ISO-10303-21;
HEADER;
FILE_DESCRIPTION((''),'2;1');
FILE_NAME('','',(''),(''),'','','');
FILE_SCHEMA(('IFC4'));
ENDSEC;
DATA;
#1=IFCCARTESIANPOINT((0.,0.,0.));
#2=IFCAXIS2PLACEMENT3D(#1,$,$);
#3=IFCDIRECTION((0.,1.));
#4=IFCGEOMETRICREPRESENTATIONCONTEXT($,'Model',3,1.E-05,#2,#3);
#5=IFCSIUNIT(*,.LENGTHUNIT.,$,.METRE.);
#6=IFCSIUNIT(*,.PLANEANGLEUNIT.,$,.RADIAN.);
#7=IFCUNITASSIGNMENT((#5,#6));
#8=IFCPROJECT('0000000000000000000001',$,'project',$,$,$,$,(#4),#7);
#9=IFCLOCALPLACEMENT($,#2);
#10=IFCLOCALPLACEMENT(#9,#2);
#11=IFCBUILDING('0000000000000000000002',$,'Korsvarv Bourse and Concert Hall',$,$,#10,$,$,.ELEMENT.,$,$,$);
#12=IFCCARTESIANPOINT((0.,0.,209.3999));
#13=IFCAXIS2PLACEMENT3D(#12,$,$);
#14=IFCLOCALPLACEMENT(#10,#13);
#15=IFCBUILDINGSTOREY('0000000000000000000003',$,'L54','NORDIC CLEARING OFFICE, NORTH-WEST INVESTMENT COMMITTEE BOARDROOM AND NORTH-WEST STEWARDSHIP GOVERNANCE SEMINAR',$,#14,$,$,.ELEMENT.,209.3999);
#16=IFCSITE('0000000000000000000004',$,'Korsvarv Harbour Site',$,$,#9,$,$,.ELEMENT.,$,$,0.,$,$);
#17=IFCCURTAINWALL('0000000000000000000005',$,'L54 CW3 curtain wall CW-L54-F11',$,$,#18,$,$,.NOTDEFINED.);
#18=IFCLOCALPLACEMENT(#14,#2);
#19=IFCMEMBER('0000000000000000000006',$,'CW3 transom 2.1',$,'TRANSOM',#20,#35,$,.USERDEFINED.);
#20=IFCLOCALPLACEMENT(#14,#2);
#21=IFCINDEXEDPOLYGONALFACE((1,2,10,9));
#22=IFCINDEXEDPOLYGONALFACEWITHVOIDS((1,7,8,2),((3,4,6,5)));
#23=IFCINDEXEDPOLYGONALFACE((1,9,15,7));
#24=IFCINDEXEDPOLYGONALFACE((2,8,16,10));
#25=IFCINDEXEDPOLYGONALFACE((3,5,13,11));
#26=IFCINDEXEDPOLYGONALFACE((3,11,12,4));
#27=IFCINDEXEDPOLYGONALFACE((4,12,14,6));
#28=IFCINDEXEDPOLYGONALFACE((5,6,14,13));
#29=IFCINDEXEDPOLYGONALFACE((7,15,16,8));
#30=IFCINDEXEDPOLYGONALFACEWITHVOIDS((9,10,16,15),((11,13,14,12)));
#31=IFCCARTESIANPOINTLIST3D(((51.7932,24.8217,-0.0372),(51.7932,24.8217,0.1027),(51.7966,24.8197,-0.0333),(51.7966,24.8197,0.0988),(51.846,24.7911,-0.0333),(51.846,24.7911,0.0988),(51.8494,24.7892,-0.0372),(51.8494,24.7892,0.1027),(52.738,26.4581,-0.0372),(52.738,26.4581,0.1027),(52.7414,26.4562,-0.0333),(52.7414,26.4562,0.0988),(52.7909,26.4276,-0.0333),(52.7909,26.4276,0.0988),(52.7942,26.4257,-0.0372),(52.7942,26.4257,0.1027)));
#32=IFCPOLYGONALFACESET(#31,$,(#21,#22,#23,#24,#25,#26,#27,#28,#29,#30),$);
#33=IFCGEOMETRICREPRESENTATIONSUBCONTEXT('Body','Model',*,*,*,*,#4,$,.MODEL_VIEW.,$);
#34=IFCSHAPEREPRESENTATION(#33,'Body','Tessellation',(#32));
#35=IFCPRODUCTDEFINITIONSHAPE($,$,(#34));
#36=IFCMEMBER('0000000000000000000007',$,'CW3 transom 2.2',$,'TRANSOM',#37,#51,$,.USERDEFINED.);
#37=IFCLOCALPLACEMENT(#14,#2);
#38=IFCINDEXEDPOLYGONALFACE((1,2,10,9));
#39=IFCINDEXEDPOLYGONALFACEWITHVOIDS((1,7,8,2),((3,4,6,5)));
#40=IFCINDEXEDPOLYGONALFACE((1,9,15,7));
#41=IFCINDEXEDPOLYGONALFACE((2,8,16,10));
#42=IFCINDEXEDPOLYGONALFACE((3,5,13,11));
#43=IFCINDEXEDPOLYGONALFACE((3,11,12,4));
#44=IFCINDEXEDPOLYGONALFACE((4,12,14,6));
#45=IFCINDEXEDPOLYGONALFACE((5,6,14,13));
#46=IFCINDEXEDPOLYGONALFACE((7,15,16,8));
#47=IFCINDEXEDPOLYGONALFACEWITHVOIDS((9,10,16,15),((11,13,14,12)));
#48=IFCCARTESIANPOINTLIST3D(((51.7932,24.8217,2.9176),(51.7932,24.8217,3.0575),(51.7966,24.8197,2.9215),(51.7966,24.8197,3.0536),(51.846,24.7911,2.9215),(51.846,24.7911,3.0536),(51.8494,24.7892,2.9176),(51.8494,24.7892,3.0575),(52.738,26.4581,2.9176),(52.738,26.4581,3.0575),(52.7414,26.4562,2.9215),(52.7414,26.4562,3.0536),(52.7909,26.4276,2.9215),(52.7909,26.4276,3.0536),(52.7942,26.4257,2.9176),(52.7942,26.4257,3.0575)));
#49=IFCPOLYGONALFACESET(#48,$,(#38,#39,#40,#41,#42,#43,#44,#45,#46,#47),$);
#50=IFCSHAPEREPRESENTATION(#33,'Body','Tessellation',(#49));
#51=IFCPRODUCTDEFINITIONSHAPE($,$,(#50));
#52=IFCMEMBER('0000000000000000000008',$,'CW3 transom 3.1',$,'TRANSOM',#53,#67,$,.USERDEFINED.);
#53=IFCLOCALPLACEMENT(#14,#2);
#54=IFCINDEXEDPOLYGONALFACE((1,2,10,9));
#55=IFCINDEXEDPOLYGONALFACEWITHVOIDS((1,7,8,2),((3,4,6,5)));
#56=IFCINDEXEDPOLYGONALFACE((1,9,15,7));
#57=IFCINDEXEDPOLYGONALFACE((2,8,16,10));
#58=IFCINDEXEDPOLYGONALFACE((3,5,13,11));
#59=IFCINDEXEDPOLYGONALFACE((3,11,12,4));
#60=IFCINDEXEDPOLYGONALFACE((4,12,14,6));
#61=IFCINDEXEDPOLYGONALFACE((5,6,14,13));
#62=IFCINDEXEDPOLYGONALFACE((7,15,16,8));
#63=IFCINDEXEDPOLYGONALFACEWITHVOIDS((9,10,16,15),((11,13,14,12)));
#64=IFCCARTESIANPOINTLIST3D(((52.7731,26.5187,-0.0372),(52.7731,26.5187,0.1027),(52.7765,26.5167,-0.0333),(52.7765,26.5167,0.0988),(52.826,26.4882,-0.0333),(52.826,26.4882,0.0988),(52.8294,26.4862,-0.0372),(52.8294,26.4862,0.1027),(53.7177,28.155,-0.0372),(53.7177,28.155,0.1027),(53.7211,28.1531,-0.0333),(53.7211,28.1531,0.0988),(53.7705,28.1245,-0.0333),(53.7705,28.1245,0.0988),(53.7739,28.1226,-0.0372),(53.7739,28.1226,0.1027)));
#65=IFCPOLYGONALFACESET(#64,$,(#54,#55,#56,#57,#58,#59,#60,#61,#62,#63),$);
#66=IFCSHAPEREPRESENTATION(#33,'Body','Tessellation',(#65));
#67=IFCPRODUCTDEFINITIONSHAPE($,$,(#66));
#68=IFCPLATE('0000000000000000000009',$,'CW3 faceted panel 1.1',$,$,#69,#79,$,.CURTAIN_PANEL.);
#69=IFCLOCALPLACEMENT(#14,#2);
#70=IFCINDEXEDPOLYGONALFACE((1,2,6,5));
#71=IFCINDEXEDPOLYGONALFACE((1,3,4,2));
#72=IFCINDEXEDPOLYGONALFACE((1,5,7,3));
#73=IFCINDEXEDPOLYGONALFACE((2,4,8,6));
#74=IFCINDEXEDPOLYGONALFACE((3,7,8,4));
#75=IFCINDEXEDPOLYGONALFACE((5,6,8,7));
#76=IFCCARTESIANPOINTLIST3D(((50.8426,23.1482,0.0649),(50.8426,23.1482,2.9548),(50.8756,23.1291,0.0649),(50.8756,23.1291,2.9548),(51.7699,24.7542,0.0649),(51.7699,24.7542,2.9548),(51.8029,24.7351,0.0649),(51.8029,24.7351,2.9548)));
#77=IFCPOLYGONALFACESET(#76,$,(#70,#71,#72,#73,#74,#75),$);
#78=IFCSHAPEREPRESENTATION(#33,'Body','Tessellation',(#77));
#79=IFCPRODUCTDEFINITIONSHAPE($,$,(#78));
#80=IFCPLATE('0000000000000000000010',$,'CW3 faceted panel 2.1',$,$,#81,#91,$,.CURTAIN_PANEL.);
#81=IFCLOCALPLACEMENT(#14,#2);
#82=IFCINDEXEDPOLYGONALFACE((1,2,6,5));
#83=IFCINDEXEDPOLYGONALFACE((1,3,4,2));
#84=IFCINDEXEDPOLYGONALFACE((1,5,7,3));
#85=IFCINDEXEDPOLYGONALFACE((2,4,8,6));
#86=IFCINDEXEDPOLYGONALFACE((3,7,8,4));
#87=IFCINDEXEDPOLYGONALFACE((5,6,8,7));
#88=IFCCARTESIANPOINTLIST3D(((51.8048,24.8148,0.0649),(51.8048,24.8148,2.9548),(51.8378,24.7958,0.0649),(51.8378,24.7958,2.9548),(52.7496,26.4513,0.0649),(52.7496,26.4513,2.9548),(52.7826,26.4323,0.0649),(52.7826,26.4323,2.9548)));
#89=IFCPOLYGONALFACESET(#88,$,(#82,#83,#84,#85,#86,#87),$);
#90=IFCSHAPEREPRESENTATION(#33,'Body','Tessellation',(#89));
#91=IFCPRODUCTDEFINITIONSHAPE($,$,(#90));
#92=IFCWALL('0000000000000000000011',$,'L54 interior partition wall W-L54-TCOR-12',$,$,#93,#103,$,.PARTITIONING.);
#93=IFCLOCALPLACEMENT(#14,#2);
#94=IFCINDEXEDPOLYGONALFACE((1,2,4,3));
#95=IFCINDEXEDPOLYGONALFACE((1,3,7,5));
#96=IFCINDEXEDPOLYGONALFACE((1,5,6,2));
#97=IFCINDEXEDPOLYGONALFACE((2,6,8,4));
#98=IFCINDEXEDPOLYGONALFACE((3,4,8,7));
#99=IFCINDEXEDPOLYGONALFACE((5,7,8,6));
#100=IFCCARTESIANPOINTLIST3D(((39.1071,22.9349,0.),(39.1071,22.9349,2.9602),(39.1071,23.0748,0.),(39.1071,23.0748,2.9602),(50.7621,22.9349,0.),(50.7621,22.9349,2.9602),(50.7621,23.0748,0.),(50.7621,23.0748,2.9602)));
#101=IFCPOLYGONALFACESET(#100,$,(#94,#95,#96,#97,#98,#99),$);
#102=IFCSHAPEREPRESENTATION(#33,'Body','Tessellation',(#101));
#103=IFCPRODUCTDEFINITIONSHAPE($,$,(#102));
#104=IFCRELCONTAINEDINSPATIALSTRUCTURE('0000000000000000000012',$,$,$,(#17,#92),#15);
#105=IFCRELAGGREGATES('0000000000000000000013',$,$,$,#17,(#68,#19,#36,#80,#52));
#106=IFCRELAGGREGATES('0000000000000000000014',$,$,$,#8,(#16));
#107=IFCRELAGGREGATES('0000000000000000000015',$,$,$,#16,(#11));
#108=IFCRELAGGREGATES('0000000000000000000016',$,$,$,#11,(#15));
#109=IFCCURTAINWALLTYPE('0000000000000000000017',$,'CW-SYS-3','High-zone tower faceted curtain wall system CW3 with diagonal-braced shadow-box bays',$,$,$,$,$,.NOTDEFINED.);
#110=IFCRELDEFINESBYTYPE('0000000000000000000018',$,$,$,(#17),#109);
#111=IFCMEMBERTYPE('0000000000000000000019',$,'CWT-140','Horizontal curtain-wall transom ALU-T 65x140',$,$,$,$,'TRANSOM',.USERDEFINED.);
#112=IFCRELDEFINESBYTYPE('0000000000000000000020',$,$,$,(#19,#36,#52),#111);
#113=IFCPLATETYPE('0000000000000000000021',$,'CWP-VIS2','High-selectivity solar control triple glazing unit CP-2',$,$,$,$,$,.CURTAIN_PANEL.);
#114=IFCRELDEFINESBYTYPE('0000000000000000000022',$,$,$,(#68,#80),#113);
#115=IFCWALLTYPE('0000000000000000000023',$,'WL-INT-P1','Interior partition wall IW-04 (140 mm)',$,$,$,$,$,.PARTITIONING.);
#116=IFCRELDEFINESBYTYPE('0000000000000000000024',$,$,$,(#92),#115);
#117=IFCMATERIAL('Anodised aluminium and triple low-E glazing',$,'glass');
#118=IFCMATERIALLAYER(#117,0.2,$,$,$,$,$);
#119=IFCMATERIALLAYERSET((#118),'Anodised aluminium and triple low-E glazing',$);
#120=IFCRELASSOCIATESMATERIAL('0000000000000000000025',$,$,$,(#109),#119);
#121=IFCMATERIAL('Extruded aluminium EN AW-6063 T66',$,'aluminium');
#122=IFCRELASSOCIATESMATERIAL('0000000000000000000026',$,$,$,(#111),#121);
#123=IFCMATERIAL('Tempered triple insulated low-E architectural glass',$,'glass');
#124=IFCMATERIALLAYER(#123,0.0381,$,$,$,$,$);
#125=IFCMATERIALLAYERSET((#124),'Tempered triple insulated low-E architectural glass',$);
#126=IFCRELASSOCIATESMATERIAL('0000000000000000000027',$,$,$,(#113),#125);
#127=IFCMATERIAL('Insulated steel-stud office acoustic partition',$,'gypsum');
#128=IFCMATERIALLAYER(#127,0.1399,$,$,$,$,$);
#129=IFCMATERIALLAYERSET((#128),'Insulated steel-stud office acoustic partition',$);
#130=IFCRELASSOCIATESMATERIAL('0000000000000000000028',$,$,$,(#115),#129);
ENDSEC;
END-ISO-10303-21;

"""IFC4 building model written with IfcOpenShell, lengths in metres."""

from ifc_helpers import new_model, si_unit, direction, frame, frame_2d, origin, origin_2d, place, context, subcontext, project, spatial, rectangle, hollow_rectangle, extrude, source, transform, mapped, material, layer, layer_set, material_profile, profile_set, type_object, element, aggregate, save


model = new_model("IFC4")

# Units and contexts
model_context = context("Model", 3, precision=1e-05, world=origin(), true_north=direction((0.0, 1.0)))
body_context = subcontext(model_context, "Body", "Model", "MODEL_VIEW")
ifc_project = project(units=[si_unit("LENGTHUNIT", "METRE"), si_unit("PLANEANGLEUNIT", "RADIAN")], contexts=[model_context])

# Site, building, storey
site_placement = place(None, origin())
site = spatial("IfcSite", under=ifc_project, at=site_placement, Name="Korsvarv Harbour Site", CompositionType="ELEMENT", RefElevation=0.0)
building_placement = place(site_placement, origin())
building = spatial("IfcBuilding", under=site, at=building_placement, Name="Korsvarv Bourse and Concert Hall", CompositionType="ELEMENT")
storey_placement = place(building_placement, frame((0.0, 0.0, 209.3999)))
storey = spatial("IfcBuildingStorey", under=building, at=storey_placement, Name="L54", Description="NORDIC CLEARING OFFICE, NORTH-WEST INVESTMENT COMMITTEE BOARDROOM AND NORTH-WEST STEWARDSHIP GOVERNANCE SEMINAR", CompositionType="ELEMENT", Elevation=209.3999)

# Curtain wall, members, plates
ifc_material_1 = material(Name="Anodised aluminium and triple low-E glazing", Category="glass")
ifc_layer_1 = layer(ifc_material_1, 0.2)
ifc_layer_set_1 = layer_set([ifc_layer_1], Name="Anodised aluminium and triple low-E glazing")
curtain_wall_type = type_object("IfcCurtainWallType", Name="CW-SYS-3", Description="High-zone tower faceted curtain wall system CW3 with diagonal-braced shadow-box bays", PredefinedType="NOTDEFINED", material=ifc_layer_set_1)
curtain_wall_placement = place(storey_placement, origin())
curtain_wall = element("IfcCurtainWall", 1, at=curtain_wall_placement, inside=storey, type_object=curtain_wall_type, Name="L54 CW3 curtain wall CW-L54-F11", PredefinedType="NOTDEFINED")
ifc_material_2 = material(Name="Extruded aluminium EN AW-6063 T66", Category="aluminium")
ifc_material_profile_1 = material_profile(ifc_material_2, hollow_rectangle(XDim=0.0649, YDim=0.1399, WallThickness=0.0039, at=origin_2d()), Name="ALU-T 65x140")
ifc_profile_set_1 = profile_set([ifc_material_profile_1], Name="Extruded aluminium EN AW-6063 T66")
member_type_1 = type_object("IfcMemberType", Name="CWT-140", Description="Horizontal curtain-wall transom ALU-T 65x140", ElementType="TRANSOM", PredefinedType="USERDEFINED", material=ifc_profile_set_1)
shared_shape_1 = source(origin(), body_context, "Body", "SweptSolid", [
    extrude(hollow_rectangle(XDim=0.0649, YDim=0.1399, WallThickness=0.0039, at=origin_2d()), origin(), (0.0, 0.0, 1.0), 1.8896),
])
member_1_placement = place(storey_placement, frame((51.8213, 24.8054, 0.0327), z_axis=(0.500002, 0.866024, 0.0), x_axis=(-0.866024, 0.500002, 0.0)))
member_1 = element("IfcMember", 2, at=member_1_placement, type_object=member_type_1, Name="CW3 transom 2.1", ObjectType="TRANSOM", PredefinedType="USERDEFINED", context=body_context, shape_type="MappedRepresentation", body=[
    mapped(shared_shape_1, transform((0.0, 0.0, 0.0), scale=1.0)),
])
member_2_placement = place(storey_placement, frame((51.8213, 24.8054, 2.9875), z_axis=(0.500002, 0.866024, 0.0), x_axis=(-0.866024, 0.500002, 0.0)))
member_2 = element("IfcMember", 3, at=member_2_placement, type_object=member_type_1, Name="CW3 transom 2.2", ObjectType="TRANSOM", PredefinedType="USERDEFINED", context=body_context, shape_type="MappedRepresentation", body=[
    mapped(shared_shape_1, transform((0.0, 0.0, 0.0), scale=1.0)),
])
shared_shape_2 = source(origin(), body_context, "Body", "SweptSolid", [
    extrude(hollow_rectangle(XDim=0.0649, YDim=0.1399, WallThickness=0.0039, at=origin_2d()), origin(), (0.0, 0.0, 1.0), 1.8894),
])
member_3_placement = place(storey_placement, frame((52.8013, 26.5024, 0.0327), z_axis=(0.499905, 0.86608, 0.0), x_axis=(-0.86608, 0.499905, 0.0)))
member_3 = element("IfcMember", 4, at=member_3_placement, type_object=member_type_1, Name="CW3 transom 3.1", ObjectType="TRANSOM", PredefinedType="USERDEFINED", context=body_context, shape_type="MappedRepresentation", body=[
    mapped(shared_shape_2, transform((0.0, 0.0, 0.0), scale=1.0)),
])
ifc_material_3 = material(Name="Tempered triple insulated low-E architectural glass", Category="glass")
ifc_layer_2 = layer(ifc_material_3, 0.0381)
ifc_layer_set_2 = layer_set([ifc_layer_2], Name="Tempered triple insulated low-E architectural glass")
plate_type = type_object("IfcPlateType", Name="CWP-VIS2", Description="High-selectivity solar control triple glazing unit CP-2", PredefinedType="CURTAIN_PANEL", material=ifc_layer_set_2)
shared_shape_3 = source(origin(), body_context, "Body", "SweptSolid", [
    extrude(rectangle(XDim=1.8545, YDim=0.0381, at=origin_2d()), origin(), (0.0, 0.0, 1.0), 2.8899),
])
plate_1_placement = place(storey_placement, frame((51.3228, 23.9417, 0.0649), z_axis=(0.0, 0.0, 1.0), x_axis=(0.499997, 0.866027, 0.0)))
plate_1 = element("IfcPlate", 5, at=plate_1_placement, type_object=plate_type, Name="CW3 faceted panel 1.1", PredefinedType="CURTAIN_PANEL", context=body_context, shape_type="MappedRepresentation", body=[
    mapped(shared_shape_3, transform((0.0, 0.0, 0.0), scale=1.0)),
])
shared_shape_4 = source(origin(), body_context, "Body", "SweptSolid", [
    extrude(rectangle(XDim=1.8896, YDim=0.0381, at=origin_2d()), origin(), (0.0, 0.0, 1.0), 2.8899),
])
plate_2_placement = place(storey_placement, frame((52.2937, 25.6235, 0.0649), z_axis=(0.0, 0.0, 1.0), x_axis=(0.499997, 0.866027, 0.0)))
plate_2 = element("IfcPlate", 6, at=plate_2_placement, type_object=plate_type, Name="CW3 faceted panel 2.1", PredefinedType="CURTAIN_PANEL", context=body_context, shape_type="MappedRepresentation", body=[
    mapped(shared_shape_4, transform((0.0, 0.0, 0.0), scale=1.0)),
])
aggregate(curtain_wall, [plate_1, member_1, member_2, plate_2, member_3])

# Wall
ifc_material_4 = material(Name="Insulated steel-stud office acoustic partition", Category="gypsum")
ifc_layer_3 = layer(ifc_material_4, 0.1399)
ifc_layer_set_3 = layer_set([ifc_layer_3], Name="Insulated steel-stud office acoustic partition")
wall_type = type_object("IfcWallType", Name="WL-INT-P1", Description="Interior partition wall IW-04 (140 mm)", PredefinedType="PARTITIONING", material=ifc_layer_set_3)
wall_placement = place(storey_placement, frame((39.1069, 23.0049, 0.0), z_axis=(0.0, 0.0, 1.0), x_axis=(1.0, 0.0, 0.0)))
element("IfcWall", 7, at=wall_placement, inside=storey, type_object=wall_type, Name="L54 interior partition wall W-L54-TCOR-12", PredefinedType="PARTITIONING", context=body_context, shape_type="SweptSolid", body=[
    extrude(rectangle(XDim=11.655, YDim=0.1399, at=frame_2d((5.8276, 0.0))), origin(), (0.0, 0.0, 1.0), 2.9602),
])

save(model, "model.ifc")
